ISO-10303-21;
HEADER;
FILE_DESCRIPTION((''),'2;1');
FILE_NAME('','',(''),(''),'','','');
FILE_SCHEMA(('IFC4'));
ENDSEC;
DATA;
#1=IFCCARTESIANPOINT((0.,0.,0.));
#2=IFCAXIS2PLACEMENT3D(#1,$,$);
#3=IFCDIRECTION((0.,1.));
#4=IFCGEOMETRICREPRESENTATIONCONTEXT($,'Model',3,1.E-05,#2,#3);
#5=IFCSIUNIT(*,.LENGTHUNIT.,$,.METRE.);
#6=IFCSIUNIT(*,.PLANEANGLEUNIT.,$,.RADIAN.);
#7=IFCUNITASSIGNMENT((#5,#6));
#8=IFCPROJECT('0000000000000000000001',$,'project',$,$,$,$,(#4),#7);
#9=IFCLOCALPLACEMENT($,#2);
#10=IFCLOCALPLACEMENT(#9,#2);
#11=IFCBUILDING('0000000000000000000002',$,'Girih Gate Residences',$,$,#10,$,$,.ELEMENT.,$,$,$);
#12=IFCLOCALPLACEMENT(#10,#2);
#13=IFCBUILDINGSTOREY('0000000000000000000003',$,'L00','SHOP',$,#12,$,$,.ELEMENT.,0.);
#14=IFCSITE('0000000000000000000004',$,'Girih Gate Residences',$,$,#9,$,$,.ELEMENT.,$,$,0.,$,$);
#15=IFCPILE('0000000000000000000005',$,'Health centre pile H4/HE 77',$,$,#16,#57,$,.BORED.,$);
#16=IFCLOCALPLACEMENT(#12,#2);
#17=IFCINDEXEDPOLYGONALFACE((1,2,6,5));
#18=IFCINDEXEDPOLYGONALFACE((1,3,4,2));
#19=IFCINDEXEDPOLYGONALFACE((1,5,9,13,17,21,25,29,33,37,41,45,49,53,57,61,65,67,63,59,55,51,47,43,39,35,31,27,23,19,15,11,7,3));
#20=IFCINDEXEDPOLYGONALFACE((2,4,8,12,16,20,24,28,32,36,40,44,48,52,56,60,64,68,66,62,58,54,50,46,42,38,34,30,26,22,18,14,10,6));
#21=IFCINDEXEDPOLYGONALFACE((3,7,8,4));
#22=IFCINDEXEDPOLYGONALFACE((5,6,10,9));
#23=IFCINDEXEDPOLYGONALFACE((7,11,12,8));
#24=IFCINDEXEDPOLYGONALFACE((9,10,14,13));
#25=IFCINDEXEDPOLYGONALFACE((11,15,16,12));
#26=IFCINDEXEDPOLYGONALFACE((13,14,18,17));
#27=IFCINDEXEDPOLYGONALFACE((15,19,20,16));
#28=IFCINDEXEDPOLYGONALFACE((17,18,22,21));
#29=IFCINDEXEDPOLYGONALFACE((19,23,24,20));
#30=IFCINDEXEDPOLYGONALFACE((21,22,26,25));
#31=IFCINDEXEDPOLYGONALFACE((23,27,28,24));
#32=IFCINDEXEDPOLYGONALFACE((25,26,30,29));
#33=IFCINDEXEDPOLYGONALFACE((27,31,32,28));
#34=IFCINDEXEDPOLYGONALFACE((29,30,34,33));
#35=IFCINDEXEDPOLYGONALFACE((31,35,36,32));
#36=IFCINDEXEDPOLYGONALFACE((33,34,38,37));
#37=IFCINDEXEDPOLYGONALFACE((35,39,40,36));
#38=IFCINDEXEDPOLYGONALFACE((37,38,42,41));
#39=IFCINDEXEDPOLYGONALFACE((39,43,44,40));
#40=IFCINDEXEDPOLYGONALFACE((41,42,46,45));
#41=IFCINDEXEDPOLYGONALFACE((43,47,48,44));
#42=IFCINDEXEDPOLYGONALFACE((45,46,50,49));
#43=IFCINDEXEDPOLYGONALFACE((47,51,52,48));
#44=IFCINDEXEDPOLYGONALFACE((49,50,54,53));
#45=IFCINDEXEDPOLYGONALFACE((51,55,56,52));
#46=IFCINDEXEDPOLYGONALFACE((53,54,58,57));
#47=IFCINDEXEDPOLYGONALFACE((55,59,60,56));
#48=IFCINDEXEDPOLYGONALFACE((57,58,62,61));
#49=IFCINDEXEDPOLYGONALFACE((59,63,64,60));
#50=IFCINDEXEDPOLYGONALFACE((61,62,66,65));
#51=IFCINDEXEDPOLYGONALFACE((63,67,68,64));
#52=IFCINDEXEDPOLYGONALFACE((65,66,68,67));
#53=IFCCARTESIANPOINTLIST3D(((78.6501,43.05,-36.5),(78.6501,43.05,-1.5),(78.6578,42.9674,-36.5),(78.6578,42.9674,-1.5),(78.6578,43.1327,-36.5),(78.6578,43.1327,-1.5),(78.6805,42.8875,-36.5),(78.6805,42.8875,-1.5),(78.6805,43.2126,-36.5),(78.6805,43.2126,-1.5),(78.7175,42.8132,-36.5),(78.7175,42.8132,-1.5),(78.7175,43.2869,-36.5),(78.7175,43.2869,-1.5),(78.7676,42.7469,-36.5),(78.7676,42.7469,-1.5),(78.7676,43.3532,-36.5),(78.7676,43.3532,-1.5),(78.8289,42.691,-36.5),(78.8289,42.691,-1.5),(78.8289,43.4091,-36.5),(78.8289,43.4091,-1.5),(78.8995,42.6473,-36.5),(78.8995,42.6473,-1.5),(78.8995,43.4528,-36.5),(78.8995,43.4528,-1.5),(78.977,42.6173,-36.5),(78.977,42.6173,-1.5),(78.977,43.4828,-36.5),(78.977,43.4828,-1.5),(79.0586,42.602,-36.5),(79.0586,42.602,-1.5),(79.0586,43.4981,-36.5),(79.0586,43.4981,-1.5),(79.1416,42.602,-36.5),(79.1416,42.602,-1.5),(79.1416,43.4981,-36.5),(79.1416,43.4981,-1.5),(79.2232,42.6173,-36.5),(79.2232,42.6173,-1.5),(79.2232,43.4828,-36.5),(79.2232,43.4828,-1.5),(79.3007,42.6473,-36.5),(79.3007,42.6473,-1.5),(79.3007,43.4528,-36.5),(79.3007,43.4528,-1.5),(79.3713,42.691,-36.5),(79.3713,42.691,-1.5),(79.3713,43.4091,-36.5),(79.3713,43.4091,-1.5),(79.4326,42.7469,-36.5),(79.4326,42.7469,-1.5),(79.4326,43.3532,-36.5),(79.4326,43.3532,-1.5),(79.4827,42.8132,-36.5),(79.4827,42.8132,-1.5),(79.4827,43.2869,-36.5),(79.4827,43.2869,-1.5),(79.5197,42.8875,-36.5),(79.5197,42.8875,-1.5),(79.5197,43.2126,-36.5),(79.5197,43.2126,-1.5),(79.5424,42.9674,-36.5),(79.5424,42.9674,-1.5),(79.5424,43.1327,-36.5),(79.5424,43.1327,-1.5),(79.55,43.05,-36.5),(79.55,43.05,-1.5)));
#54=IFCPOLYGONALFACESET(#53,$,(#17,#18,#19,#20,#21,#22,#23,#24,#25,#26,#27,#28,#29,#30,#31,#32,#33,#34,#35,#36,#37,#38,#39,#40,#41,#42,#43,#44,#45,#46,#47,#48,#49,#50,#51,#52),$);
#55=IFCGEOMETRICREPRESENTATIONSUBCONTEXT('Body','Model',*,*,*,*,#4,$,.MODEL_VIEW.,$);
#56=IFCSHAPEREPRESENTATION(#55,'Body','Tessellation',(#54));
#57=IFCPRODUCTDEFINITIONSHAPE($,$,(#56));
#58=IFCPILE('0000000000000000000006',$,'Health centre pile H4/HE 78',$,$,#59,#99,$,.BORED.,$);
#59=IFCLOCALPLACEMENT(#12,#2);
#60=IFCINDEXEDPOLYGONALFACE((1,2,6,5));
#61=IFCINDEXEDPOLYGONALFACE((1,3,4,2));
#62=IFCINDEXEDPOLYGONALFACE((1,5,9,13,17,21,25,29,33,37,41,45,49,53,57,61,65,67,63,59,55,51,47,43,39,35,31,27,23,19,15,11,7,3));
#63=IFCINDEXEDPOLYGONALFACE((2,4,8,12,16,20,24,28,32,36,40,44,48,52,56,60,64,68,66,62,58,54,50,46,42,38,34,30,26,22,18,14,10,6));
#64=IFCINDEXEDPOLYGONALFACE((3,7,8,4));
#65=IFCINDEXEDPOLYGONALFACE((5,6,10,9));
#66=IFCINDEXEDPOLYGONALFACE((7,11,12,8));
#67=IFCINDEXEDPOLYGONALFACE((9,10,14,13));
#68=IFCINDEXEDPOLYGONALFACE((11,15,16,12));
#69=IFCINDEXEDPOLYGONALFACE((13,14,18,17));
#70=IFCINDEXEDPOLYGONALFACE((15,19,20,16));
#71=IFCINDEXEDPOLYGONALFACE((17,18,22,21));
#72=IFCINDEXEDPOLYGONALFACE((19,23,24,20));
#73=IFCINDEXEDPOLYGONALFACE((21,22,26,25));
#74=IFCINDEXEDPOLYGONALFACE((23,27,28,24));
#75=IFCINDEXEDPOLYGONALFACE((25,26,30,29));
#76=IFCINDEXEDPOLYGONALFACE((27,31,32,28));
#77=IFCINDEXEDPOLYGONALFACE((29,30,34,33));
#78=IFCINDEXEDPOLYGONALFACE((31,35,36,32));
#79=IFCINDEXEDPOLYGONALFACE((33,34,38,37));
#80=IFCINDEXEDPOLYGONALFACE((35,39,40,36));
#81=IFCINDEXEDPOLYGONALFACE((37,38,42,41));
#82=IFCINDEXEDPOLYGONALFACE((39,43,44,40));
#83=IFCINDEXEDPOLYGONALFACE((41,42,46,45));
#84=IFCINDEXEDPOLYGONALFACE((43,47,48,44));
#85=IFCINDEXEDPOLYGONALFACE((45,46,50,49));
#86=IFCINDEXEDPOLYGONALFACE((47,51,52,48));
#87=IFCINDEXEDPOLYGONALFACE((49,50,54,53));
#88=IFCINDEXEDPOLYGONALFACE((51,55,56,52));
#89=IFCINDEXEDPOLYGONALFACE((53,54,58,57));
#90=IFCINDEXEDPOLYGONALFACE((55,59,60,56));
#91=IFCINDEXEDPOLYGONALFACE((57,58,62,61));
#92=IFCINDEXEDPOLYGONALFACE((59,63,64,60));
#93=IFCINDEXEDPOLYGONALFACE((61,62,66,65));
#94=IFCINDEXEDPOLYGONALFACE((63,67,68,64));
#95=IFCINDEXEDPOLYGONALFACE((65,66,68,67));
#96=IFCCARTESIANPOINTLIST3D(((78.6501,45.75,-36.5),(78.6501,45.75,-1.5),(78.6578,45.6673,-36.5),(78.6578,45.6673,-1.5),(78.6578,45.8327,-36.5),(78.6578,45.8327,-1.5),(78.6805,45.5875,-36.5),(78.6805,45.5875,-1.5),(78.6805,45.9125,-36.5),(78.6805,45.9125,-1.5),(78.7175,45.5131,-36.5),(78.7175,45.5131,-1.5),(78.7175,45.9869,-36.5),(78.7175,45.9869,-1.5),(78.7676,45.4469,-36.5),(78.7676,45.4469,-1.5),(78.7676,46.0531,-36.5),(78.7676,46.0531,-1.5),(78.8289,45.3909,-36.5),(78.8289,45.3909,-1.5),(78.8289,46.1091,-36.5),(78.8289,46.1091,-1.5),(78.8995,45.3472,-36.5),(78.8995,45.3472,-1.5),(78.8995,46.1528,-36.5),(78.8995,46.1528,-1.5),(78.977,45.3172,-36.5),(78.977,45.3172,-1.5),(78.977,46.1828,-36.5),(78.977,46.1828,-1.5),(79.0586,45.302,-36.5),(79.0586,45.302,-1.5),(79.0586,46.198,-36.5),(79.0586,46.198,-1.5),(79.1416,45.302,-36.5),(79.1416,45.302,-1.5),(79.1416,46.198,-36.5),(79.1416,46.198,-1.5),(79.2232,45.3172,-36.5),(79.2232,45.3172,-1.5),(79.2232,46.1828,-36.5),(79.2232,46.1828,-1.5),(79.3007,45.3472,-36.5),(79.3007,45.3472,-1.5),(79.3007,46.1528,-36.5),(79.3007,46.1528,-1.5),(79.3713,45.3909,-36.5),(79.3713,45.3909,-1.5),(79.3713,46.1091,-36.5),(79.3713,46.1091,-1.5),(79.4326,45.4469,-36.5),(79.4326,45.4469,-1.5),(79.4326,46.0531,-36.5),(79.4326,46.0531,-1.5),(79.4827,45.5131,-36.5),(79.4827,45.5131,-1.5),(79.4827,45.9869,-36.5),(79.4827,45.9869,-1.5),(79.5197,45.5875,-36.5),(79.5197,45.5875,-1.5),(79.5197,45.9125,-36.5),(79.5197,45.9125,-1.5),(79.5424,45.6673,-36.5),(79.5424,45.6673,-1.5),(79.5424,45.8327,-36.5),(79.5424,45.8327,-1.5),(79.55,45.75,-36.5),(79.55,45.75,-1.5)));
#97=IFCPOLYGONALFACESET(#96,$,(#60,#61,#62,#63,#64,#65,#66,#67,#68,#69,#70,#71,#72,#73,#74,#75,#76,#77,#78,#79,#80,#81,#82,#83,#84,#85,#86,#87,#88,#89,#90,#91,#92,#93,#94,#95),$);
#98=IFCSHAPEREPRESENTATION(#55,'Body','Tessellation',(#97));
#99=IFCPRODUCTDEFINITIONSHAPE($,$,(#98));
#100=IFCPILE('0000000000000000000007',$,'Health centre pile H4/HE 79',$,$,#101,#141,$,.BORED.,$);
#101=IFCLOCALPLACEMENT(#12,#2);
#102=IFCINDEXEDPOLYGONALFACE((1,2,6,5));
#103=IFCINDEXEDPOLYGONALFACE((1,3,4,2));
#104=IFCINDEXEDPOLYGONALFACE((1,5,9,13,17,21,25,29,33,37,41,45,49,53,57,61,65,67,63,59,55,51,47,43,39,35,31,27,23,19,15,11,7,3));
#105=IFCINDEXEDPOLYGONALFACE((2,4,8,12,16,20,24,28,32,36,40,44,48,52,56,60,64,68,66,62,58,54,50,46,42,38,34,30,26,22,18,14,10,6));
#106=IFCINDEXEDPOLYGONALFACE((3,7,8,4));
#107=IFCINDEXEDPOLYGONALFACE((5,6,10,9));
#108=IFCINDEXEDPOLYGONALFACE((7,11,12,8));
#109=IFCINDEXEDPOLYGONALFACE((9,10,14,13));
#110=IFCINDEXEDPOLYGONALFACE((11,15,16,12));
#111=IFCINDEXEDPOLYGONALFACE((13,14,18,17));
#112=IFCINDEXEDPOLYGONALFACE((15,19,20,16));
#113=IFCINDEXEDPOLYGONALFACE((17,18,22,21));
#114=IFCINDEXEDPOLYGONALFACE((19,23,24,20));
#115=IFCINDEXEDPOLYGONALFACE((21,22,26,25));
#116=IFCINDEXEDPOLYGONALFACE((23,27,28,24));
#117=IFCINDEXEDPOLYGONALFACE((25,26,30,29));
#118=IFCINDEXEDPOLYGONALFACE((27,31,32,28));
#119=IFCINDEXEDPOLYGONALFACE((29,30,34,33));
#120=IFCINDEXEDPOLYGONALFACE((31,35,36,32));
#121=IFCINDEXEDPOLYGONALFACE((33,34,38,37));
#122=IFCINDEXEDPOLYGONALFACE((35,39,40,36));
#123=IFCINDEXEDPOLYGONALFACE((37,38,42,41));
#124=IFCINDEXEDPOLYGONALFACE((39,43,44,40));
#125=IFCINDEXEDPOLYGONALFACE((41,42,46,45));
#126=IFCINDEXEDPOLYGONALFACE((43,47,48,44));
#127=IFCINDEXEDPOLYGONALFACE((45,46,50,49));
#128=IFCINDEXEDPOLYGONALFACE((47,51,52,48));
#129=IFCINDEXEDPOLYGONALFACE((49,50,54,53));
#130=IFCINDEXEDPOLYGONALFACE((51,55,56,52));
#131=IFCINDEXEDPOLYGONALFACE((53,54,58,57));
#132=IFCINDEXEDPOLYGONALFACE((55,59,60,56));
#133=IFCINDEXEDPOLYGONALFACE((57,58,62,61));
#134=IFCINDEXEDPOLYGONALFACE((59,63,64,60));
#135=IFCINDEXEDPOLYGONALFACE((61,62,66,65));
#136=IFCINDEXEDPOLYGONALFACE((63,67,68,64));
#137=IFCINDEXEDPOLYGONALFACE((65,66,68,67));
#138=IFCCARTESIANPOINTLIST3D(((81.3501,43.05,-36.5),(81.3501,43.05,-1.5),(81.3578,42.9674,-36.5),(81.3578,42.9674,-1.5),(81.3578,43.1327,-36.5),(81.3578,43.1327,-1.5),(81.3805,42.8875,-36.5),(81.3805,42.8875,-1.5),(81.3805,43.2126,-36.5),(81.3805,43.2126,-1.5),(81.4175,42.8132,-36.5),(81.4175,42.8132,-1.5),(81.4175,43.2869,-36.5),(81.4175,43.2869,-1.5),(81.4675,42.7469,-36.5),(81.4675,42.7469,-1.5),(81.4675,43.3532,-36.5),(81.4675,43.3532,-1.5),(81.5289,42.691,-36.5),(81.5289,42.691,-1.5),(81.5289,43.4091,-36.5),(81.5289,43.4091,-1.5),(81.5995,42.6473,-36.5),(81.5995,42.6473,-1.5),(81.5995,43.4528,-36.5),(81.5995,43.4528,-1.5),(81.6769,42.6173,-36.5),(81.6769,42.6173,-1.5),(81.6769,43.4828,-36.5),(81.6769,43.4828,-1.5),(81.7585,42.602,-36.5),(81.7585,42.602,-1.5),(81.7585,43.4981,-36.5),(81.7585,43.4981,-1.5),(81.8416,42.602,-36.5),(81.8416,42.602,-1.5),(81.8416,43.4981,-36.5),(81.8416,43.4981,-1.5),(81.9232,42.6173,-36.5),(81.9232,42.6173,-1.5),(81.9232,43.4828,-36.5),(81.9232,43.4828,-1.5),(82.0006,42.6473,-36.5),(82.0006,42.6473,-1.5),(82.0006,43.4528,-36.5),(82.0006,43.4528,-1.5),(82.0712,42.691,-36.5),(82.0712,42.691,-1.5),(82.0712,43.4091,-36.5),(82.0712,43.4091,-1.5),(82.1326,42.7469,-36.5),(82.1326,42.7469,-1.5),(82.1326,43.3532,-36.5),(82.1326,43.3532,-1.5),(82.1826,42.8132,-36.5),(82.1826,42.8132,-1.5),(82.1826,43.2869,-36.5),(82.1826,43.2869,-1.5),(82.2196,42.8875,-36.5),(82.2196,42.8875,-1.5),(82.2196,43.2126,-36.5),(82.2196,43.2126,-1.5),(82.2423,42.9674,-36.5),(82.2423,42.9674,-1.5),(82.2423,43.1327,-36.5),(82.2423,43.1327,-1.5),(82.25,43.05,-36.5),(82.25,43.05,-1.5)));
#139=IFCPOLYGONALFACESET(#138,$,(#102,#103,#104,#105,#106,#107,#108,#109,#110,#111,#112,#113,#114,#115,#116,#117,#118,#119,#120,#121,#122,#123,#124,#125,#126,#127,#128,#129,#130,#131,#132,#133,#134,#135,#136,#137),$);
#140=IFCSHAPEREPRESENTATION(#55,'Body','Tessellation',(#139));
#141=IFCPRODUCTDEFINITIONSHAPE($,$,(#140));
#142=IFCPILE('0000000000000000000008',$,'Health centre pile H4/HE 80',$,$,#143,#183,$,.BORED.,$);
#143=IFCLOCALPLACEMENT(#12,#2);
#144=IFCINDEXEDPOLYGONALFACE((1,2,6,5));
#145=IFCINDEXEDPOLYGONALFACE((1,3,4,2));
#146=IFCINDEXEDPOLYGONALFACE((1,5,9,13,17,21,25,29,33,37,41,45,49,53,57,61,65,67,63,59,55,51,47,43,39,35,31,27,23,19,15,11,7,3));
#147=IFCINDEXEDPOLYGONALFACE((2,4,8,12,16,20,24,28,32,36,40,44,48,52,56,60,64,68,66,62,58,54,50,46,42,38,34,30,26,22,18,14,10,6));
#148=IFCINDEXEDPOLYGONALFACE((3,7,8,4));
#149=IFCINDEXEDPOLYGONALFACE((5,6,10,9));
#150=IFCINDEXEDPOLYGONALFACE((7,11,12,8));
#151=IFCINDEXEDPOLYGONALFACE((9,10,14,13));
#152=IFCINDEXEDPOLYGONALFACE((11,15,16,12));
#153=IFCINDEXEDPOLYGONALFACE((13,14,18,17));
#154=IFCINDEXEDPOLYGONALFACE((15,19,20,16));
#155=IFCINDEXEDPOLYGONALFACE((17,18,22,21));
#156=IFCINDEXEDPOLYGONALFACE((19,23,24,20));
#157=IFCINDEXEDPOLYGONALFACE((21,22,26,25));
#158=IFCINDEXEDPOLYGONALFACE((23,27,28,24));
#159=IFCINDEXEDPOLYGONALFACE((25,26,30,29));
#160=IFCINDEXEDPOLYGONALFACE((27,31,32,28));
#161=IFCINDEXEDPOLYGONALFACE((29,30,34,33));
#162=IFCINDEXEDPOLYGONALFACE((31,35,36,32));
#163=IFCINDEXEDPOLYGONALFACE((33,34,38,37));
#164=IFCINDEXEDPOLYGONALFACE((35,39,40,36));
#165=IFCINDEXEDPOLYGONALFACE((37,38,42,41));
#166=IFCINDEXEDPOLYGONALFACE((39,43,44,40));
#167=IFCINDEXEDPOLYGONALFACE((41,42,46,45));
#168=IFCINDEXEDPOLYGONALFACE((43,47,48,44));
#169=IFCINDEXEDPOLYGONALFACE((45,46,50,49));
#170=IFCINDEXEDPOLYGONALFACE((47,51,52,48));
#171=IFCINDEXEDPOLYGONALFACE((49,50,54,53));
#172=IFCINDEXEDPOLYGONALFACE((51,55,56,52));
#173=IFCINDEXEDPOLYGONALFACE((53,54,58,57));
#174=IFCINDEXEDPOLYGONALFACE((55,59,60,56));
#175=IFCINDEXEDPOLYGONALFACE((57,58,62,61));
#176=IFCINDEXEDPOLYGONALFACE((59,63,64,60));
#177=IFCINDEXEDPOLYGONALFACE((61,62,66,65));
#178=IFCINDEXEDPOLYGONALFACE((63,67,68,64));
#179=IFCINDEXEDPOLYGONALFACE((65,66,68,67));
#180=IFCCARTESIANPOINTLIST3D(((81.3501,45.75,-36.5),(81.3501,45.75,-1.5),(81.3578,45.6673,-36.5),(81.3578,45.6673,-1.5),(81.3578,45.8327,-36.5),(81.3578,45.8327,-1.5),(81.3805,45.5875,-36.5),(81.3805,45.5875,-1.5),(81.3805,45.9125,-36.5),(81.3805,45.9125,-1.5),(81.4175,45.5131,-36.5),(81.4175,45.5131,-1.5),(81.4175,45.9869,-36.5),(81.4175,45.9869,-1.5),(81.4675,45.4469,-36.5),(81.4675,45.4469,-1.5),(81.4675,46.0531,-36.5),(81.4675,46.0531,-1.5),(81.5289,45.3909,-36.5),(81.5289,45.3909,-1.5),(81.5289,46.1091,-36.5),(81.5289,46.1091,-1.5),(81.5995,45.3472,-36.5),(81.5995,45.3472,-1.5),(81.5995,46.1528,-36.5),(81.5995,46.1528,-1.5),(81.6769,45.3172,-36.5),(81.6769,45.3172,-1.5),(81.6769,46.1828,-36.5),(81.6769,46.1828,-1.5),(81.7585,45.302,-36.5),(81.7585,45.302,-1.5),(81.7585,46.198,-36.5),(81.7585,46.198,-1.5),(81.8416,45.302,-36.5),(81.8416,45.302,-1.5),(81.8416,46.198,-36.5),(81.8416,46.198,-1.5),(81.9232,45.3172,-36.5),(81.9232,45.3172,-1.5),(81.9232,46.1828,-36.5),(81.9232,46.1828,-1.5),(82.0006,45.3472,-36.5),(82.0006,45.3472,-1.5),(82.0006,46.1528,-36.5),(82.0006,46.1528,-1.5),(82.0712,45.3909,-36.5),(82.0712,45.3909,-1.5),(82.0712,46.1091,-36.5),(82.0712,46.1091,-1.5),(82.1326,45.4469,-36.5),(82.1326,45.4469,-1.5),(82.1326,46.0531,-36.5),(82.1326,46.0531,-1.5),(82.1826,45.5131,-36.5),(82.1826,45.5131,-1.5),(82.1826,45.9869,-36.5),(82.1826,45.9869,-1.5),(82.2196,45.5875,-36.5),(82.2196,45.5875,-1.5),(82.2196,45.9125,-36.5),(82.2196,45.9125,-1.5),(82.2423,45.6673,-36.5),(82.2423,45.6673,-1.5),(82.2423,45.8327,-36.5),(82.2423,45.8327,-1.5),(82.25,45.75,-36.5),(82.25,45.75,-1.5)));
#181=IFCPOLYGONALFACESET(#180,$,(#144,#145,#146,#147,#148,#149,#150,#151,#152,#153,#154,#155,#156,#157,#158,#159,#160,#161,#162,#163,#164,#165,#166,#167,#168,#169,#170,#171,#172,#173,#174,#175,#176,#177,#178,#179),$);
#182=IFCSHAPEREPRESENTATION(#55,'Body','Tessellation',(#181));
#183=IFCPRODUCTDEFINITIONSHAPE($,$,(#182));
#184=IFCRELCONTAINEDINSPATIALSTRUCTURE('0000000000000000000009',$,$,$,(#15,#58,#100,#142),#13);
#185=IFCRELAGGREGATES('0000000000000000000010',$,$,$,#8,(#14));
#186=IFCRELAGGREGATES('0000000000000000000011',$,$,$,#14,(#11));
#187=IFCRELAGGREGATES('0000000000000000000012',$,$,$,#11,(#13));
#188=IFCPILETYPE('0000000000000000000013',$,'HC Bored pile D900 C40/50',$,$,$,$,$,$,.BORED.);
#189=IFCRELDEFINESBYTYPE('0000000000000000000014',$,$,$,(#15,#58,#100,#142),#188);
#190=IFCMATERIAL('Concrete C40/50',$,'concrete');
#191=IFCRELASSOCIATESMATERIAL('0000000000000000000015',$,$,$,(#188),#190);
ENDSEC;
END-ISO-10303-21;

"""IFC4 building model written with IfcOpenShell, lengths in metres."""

from ifc_helpers import new_model, si_unit, direction, frame, origin, origin_2d, place, context, subcontext, project, spatial, circle, extrude, material, material_profile, profile_set, type_object, element, save


model = new_model("IFC4")

# Units and contexts
model_context = context("Model", 3, precision=1e-05, world=origin(), true_north=direction((0.0, 1.0)))
body_context = subcontext(model_context, "Body", "Model", "MODEL_VIEW")
ifc_project = project(units=[si_unit("LENGTHUNIT", "METRE"), si_unit("PLANEANGLEUNIT", "RADIAN")], contexts=[model_context])

# Site, building, storey
site_placement = place(None, origin())
site = spatial("IfcSite", under=ifc_project, at=site_placement, Name="Girih Gate Residences", CompositionType="ELEMENT", RefElevation=0.0)
building_placement = place(site_placement, origin())
building = spatial("IfcBuilding", under=site, at=building_placement, Name="Girih Gate Residences", CompositionType="ELEMENT")
storey_placement = place(building_placement, origin())
storey = spatial("IfcBuildingStorey", under=building, at=storey_placement, Name="L00", Description="SHOP", CompositionType="ELEMENT", Elevation=0.0)

# Piles
ifc_material_1 = material(Name="Concrete C40/50", Category="concrete")
ifc_material_profile_1 = material_profile(ifc_material_1, circle(Radius=0.45, at=origin_2d()))
ifc_profile_set_1 = profile_set([ifc_material_profile_1], Name="Concrete C40/50")
pile_type = type_object("IfcPileType", Name="HC Bored pile D900 C40/50", PredefinedType="BORED", material=ifc_profile_set_1)
for number, where, z_axis, x_axis, name in (
    (1, (79.1001, 43.05, -1.5), (0.0, 0.0, -1.0), (1.0, 0.0, 0.0), "Health centre pile H4/HE 77"),
    (2, (79.1001, 45.75, -1.5), (0.0, 0.0, -1.0), (1.0, 0.0, 0.0), "Health centre pile H4/HE 78"),
    (3, (81.8, 43.05, -1.5), (0.0, 0.0, -1.0), (1.0, 0.0, 0.0), "Health centre pile H4/HE 79"),
    (4, (81.8, 45.75, -1.5), (0.0, 0.0, -1.0), (1.0, 0.0, 0.0), "Health centre pile H4/HE 80"),
):
    element("IfcPile", number, at=place(storey_placement, frame(where, z_axis=z_axis, x_axis=x_axis)), inside=storey, type_object=pile_type, Name=name, PredefinedType="BORED", context=body_context, shape_type="SweptSolid", body=[
        extrude(circle(Radius=0.45, at=origin_2d()), origin(), (0.0, 0.0, 1.0), 35.0),
    ])

save(model, "model.ifc")
